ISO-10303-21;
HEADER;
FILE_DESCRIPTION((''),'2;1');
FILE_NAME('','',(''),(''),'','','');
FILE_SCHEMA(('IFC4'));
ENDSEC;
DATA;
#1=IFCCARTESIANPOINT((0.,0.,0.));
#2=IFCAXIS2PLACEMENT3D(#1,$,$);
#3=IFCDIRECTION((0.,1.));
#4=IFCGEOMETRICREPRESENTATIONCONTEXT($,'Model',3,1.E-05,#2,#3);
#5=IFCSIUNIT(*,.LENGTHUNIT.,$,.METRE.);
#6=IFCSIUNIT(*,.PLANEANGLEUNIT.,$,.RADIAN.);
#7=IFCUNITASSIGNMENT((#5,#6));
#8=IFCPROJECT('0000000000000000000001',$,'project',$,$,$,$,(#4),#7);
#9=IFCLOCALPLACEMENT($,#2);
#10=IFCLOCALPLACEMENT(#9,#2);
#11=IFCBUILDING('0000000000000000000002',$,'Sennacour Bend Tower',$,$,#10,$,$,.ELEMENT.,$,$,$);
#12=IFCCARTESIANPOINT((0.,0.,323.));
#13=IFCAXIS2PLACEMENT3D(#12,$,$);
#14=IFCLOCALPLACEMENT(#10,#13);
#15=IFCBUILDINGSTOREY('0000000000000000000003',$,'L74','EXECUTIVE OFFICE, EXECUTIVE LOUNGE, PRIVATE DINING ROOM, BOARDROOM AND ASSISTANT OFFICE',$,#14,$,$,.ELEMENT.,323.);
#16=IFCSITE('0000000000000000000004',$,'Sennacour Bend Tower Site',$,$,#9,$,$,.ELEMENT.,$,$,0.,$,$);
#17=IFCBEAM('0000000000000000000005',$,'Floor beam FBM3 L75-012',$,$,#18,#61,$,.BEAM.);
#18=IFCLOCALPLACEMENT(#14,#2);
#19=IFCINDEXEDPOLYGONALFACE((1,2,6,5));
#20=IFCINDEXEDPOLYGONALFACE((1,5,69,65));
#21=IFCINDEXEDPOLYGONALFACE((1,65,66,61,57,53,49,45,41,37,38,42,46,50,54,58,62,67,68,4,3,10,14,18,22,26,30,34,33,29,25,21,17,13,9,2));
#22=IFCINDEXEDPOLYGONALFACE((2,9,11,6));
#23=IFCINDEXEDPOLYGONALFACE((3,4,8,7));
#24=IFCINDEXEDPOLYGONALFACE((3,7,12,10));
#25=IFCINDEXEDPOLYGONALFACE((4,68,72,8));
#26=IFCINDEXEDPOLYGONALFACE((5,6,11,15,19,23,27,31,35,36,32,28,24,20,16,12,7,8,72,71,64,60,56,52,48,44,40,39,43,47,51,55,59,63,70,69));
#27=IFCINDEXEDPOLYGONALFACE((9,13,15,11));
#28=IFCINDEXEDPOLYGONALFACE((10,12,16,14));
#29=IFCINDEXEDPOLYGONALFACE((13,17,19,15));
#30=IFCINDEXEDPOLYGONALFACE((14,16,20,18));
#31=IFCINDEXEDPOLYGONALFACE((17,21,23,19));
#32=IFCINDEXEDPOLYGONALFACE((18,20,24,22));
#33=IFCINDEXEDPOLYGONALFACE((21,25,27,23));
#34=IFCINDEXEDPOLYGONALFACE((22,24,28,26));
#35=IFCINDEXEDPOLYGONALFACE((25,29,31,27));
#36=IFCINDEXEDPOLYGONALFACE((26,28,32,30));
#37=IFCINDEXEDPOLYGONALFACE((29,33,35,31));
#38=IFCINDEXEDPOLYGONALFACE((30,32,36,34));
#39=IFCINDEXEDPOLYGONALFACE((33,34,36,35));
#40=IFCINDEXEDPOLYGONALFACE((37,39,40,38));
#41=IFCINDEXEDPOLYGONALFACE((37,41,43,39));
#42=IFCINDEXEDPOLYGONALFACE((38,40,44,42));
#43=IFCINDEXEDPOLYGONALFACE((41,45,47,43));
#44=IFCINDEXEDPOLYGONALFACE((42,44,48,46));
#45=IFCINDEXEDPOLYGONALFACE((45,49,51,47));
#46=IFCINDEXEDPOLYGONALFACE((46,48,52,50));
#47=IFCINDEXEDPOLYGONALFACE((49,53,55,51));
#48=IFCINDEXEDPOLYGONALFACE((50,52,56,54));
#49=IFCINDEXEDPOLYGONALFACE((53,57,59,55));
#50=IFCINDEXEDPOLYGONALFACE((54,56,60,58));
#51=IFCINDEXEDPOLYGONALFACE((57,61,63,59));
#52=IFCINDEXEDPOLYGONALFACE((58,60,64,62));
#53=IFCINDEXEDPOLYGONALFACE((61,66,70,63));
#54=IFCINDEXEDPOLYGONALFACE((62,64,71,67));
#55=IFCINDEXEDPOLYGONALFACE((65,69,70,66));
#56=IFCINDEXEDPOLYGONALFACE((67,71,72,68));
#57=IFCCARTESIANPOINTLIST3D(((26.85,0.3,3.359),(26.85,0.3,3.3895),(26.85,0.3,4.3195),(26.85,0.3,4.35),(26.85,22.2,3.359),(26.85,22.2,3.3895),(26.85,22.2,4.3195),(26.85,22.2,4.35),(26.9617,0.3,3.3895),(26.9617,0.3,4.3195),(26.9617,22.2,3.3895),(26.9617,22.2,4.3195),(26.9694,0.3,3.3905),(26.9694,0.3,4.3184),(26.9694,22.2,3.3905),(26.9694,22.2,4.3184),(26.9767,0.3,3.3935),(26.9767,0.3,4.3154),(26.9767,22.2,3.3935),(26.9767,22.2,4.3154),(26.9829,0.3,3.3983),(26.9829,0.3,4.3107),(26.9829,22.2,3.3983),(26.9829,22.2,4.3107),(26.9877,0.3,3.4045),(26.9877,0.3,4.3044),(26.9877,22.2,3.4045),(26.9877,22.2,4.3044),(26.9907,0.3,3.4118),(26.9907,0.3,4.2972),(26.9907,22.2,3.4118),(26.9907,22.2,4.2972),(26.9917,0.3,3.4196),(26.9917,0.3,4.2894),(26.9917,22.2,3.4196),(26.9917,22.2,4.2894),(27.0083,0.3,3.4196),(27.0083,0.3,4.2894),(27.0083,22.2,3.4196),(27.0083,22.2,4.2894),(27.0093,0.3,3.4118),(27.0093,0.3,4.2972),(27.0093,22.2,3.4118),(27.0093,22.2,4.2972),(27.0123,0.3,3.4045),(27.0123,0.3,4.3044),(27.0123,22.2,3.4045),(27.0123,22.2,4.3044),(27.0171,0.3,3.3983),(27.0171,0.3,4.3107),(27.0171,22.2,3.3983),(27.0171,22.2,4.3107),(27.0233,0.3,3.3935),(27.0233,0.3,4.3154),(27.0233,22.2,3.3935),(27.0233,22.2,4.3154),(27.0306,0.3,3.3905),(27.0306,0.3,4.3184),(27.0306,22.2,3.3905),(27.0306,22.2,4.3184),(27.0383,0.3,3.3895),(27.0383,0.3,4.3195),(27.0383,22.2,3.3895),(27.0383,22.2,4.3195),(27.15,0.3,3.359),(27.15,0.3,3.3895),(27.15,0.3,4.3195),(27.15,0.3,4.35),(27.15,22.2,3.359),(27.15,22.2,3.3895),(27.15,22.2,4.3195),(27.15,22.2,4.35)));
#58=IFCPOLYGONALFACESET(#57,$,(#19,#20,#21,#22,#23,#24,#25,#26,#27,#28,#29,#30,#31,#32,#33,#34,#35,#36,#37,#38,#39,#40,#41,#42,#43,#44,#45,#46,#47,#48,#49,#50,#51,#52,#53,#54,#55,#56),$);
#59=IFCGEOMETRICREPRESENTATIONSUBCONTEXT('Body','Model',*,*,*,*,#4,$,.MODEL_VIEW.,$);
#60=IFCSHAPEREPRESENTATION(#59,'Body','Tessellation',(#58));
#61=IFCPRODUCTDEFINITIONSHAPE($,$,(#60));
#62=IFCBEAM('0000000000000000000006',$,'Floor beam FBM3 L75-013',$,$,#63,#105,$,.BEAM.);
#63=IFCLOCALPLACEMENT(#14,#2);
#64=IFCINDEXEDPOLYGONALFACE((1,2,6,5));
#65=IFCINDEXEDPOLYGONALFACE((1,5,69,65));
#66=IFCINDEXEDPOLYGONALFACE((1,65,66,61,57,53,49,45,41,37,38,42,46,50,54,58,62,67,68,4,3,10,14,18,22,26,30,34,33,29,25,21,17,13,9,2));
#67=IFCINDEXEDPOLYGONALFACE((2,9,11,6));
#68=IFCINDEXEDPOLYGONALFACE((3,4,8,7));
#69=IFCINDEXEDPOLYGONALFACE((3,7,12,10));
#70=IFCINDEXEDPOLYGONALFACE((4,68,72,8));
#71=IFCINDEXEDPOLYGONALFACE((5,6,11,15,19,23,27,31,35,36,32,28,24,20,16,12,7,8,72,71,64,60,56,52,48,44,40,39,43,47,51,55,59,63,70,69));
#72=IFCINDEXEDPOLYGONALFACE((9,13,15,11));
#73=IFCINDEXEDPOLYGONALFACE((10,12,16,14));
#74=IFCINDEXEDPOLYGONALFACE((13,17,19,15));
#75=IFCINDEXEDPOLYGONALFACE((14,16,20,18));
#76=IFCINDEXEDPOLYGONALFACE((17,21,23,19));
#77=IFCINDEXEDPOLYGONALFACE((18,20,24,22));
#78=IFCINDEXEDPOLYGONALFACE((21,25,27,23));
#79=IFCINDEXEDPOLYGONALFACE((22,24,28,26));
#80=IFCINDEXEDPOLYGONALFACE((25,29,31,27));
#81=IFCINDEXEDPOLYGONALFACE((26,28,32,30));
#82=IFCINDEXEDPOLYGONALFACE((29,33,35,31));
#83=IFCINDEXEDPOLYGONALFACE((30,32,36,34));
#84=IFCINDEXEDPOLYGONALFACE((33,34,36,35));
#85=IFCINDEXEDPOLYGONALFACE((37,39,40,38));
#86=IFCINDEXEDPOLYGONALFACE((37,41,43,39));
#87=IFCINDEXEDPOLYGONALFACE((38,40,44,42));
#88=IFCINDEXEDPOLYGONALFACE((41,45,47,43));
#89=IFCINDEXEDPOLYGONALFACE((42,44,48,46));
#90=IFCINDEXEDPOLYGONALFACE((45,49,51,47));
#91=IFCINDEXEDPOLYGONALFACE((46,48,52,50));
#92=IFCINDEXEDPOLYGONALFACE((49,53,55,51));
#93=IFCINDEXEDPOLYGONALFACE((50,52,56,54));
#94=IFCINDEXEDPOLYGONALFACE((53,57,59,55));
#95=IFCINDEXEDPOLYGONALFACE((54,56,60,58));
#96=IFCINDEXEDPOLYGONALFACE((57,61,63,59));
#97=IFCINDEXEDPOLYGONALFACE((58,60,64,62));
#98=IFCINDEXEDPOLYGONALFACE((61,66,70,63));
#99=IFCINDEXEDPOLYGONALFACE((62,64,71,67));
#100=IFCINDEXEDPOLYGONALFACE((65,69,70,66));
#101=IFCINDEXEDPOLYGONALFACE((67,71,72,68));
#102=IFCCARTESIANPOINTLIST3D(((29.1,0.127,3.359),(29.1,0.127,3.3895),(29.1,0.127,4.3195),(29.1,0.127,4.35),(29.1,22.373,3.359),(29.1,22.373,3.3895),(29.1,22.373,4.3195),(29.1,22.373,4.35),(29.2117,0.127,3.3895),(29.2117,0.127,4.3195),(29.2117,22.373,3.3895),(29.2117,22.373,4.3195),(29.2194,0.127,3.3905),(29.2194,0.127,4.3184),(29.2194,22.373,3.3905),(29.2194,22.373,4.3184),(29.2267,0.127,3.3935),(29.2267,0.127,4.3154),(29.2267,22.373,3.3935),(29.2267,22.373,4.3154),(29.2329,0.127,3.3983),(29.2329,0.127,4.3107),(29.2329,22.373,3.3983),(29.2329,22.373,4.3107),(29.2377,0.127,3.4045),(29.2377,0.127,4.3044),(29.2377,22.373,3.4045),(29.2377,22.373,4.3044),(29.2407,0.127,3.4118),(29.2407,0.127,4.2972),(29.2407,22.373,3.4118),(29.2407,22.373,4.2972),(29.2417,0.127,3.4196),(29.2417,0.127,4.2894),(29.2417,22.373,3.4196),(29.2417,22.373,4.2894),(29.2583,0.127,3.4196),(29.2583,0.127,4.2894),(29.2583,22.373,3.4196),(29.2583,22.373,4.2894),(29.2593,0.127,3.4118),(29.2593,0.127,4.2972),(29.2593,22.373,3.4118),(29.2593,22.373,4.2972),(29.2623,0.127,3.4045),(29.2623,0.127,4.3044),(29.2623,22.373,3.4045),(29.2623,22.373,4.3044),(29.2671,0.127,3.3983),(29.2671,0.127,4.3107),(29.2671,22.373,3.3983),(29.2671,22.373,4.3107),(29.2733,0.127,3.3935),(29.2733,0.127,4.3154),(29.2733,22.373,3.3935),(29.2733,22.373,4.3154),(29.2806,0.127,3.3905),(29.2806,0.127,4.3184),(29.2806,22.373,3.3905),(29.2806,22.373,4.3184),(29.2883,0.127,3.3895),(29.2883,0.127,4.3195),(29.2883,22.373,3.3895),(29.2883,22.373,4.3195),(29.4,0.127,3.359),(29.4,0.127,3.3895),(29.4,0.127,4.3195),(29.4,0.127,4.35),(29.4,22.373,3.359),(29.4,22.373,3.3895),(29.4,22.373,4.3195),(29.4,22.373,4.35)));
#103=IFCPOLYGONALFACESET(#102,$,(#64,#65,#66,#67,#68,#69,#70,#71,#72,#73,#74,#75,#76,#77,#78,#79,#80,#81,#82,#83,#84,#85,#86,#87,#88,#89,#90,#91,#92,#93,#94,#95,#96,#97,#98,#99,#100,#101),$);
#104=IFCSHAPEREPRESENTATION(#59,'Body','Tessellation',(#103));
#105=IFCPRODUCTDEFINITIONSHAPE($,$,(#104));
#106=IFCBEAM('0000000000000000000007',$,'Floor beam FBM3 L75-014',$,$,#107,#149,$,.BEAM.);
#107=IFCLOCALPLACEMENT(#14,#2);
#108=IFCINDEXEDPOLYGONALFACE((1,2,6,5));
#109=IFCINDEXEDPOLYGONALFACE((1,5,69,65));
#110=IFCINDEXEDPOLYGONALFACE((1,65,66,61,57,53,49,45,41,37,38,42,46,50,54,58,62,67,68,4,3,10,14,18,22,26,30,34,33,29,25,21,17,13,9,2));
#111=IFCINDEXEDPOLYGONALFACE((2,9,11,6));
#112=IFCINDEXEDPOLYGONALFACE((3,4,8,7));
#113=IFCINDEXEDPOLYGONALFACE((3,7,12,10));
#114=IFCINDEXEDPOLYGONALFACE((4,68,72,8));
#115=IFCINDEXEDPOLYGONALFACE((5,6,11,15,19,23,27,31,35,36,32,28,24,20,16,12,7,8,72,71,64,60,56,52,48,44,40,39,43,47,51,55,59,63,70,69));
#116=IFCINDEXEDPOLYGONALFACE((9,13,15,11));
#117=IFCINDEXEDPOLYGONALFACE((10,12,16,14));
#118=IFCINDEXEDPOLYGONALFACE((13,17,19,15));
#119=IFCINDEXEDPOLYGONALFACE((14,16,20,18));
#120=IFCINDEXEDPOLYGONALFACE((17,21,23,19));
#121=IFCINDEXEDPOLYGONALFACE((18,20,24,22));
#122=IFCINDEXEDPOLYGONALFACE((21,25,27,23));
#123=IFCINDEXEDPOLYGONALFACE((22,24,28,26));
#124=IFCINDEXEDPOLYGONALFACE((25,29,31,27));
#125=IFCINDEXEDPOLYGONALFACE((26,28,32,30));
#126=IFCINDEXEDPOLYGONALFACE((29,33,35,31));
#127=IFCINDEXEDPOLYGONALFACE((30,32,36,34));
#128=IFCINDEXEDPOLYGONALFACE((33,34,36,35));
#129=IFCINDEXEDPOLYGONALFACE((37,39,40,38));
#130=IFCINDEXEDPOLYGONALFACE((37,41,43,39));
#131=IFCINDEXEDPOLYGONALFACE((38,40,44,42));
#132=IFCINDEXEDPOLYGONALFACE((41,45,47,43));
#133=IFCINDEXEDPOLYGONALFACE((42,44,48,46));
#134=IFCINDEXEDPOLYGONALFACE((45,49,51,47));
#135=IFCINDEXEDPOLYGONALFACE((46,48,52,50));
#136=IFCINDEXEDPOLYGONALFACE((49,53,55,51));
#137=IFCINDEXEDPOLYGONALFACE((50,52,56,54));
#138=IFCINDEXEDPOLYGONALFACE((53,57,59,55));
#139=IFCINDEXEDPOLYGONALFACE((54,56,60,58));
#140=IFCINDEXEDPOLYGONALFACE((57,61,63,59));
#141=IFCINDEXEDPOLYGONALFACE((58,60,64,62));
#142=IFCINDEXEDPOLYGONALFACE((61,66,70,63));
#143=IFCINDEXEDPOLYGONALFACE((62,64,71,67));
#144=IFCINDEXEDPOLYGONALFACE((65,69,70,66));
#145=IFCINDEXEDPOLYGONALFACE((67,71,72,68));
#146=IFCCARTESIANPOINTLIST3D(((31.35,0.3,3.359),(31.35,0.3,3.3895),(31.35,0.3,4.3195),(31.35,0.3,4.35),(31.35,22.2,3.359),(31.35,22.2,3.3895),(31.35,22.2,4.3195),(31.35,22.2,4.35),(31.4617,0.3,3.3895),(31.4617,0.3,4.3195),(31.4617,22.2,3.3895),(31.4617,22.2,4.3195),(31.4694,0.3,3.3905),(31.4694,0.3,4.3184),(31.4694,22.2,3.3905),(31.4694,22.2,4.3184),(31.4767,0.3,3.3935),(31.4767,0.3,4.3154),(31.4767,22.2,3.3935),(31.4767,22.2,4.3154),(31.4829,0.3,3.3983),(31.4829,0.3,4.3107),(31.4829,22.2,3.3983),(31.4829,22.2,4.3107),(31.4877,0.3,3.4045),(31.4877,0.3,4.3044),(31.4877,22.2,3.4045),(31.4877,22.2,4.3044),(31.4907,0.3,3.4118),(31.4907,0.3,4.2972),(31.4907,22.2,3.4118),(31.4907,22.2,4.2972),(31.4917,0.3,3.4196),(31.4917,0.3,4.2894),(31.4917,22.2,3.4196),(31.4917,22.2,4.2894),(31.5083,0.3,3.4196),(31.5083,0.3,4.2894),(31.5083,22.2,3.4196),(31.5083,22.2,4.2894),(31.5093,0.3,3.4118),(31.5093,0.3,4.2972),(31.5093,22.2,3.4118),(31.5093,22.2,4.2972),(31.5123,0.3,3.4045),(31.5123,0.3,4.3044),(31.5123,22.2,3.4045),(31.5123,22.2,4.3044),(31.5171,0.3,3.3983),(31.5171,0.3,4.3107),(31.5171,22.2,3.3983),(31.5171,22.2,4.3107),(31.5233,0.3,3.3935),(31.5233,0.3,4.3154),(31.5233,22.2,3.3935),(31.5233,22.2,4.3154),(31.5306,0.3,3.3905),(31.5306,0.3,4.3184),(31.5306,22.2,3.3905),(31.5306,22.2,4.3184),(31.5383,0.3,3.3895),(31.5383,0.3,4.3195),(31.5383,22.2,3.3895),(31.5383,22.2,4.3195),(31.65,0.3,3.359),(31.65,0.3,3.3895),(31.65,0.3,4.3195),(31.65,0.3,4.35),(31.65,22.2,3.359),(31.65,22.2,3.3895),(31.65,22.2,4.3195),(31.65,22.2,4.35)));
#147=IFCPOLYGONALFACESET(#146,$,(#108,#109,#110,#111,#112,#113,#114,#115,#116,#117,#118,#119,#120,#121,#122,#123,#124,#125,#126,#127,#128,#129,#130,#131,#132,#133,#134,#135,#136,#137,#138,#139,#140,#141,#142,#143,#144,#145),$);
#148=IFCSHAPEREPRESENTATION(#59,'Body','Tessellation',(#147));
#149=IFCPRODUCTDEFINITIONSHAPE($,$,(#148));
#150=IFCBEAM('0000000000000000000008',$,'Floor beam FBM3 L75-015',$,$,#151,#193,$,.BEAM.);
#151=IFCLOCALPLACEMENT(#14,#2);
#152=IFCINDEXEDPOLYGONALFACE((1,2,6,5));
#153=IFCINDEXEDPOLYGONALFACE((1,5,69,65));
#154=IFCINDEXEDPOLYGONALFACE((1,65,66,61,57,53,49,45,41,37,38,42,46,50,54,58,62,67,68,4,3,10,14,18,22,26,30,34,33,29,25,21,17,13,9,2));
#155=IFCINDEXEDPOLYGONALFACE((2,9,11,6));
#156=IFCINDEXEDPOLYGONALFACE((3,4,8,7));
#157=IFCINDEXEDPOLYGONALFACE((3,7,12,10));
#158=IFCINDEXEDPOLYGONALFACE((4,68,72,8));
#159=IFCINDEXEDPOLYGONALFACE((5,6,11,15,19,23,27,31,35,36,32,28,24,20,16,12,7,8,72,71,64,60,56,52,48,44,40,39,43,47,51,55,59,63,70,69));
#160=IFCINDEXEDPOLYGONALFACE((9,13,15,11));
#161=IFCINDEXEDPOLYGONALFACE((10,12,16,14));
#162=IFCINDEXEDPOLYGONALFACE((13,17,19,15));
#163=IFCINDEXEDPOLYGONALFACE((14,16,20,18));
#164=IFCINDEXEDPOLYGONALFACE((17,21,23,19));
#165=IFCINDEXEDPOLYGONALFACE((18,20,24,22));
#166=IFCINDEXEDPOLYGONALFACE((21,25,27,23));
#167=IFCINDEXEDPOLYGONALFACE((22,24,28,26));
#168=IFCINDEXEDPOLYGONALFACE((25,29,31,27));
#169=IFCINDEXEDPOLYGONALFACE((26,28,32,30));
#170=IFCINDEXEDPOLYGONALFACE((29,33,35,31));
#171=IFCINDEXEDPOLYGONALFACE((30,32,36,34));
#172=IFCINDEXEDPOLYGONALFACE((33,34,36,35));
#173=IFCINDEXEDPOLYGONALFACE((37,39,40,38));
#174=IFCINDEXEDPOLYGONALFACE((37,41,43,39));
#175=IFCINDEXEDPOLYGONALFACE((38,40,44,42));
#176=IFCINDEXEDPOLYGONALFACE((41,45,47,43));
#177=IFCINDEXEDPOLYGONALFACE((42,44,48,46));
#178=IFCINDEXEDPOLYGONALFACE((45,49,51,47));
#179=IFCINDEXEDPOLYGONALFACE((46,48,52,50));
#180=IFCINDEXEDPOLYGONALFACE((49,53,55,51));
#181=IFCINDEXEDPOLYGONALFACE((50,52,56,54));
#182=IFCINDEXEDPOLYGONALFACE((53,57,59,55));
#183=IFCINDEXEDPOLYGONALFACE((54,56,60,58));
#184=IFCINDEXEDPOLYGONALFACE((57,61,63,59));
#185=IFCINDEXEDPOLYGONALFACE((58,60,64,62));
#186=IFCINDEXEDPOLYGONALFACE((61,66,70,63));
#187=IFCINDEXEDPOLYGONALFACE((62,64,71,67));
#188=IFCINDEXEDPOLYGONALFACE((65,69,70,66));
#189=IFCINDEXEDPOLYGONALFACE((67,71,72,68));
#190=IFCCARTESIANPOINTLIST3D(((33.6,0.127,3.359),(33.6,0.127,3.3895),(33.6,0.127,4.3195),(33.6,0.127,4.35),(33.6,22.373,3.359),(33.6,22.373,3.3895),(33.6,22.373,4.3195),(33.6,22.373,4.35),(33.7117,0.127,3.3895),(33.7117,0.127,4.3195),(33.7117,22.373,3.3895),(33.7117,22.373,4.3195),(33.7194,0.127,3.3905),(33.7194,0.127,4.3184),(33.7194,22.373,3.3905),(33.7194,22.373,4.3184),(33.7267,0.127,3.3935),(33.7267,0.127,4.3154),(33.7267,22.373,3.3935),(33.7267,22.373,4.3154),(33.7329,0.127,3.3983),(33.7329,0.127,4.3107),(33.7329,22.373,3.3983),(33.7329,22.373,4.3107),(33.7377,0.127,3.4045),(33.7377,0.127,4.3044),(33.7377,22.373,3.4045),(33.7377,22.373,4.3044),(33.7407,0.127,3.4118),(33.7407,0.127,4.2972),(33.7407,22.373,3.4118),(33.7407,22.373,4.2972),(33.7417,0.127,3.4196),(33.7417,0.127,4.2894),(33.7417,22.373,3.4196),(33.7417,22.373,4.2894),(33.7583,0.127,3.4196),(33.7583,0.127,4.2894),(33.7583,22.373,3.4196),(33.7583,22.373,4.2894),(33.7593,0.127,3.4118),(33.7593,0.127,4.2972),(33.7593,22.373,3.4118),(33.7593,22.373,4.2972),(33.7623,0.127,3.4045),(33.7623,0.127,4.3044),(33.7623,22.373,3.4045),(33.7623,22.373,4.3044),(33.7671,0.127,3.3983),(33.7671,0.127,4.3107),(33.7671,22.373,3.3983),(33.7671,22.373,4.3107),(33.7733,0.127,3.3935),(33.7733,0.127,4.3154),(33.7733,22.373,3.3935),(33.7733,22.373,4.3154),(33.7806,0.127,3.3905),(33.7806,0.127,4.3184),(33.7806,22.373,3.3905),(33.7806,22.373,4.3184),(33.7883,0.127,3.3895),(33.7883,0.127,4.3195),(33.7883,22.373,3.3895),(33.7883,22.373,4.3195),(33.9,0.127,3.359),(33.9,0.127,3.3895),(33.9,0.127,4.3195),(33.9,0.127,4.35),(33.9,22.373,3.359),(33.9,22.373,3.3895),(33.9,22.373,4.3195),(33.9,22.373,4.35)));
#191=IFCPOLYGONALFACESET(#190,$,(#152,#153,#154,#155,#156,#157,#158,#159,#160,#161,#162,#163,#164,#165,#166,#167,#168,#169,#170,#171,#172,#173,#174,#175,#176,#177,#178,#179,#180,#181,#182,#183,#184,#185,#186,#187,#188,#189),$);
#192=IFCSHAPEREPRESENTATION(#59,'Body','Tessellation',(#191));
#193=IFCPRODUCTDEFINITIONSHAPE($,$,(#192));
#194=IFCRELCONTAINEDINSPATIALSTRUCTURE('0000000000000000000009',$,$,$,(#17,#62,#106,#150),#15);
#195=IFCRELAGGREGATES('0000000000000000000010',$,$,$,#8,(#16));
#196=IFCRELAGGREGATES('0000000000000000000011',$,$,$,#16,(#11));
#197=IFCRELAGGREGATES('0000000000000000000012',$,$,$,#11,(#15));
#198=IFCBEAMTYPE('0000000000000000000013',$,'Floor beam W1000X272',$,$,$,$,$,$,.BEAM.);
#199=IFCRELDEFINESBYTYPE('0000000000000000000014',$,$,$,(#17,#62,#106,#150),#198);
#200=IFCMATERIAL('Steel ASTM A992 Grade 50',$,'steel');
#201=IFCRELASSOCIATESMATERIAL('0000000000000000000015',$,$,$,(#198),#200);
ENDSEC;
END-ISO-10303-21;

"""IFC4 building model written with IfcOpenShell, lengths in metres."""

from ifc_helpers import new_model, si_unit, direction, frame, origin, origin_2d, place, context, subcontext, project, spatial, i_section, extrude, material, material_profile, profile_set, type_object, element, save


model = new_model("IFC4")

# Units and contexts
model_context = context("Model", 3, precision=1e-05, world=origin(), true_north=direction((0.0, 1.0)))
body_context = subcontext(model_context, "Body", "Model", "MODEL_VIEW")
ifc_project = project(units=[si_unit("LENGTHUNIT", "METRE"), si_unit("PLANEANGLEUNIT", "RADIAN")], contexts=[model_context])

# Site, building, storey
site_placement = place(None, origin())
site = spatial("IfcSite", under=ifc_project, at=site_placement, Name="Sennacour Bend Tower Site", CompositionType="ELEMENT", RefElevation=0.0)
building_placement = place(site_placement, origin())
building = spatial("IfcBuilding", under=site, at=building_placement, Name="Sennacour Bend Tower", CompositionType="ELEMENT")
storey_placement = place(building_placement, frame((0.0, 0.0, 323.0)))
storey = spatial("IfcBuildingStorey", under=building, at=storey_placement, Name="L74", Description="EXECUTIVE OFFICE, EXECUTIVE LOUNGE, PRIVATE DINING ROOM, BOARDROOM AND ASSISTANT OFFICE", CompositionType="ELEMENT", Elevation=323.0)

# Beams
ifc_material_1 = material(Name="Steel ASTM A992 Grade 50", Category="steel")
ifc_material_profile_1 = material_profile(ifc_material_1, i_section(OverallWidth=0.3, OverallDepth=0.991, WebThickness=0.0166, FlangeThickness=0.0305, FilletRadius=0.03, at=origin_2d()), Name="Steel ASTM A992 Grade 50", Category="steel")
ifc_profile_set_1 = profile_set([ifc_material_profile_1], Name="Steel ASTM A992 Grade 50")
beam_type_1 = type_object("IfcBeamType", Name="Floor beam W1000X272", PredefinedType="BEAM", material=ifc_profile_set_1)
beam_1_placement = place(storey_placement, frame((27.0, 0.3, 3.8545), z_axis=(0.0, 1.0, 0.0), x_axis=(-1.0, 0.0, 0.0)))
element("IfcBeam", 1, at=beam_1_placement, inside=storey, type_object=beam_type_1, Name="Floor beam FBM3 L75-012", PredefinedType="BEAM", context=body_context, shape_type="SweptSolid", body=[
    extrude(i_section(OverallWidth=0.3, OverallDepth=0.991, WebThickness=0.0166, FlangeThickness=0.0305, FilletRadius=0.03, at=origin_2d()), origin(), (0.0, 0.0, 1.0), 21.8999),
])
beam_2_placement = place(storey_placement, frame((29.25, 0.127, 3.8545), z_axis=(0.0, 1.0, 0.0), x_axis=(-1.0, 0.0, 0.0)))
element("IfcBeam", 2, at=beam_2_placement, inside=storey, type_object=beam_type_1, Name="Floor beam FBM3 L75-013", PredefinedType="BEAM", context=body_context, shape_type="SweptSolid", body=[
    extrude(i_section(OverallWidth=0.3, OverallDepth=0.991, WebThickness=0.0166, FlangeThickness=0.0305, FilletRadius=0.03, at=origin_2d()), origin(), (0.0, 0.0, 1.0), 22.2461),
])
beam_3_placement = place(storey_placement, frame((31.5, 0.3, 3.8545), z_axis=(0.0, 1.0, 0.0), x_axis=(-1.0, 0.0, 0.0)))
element("IfcBeam", 3, at=beam_3_placement, inside=storey, type_object=beam_type_1, Name="Floor beam FBM3 L75-014", PredefinedType="BEAM", context=body_context, shape_type="SweptSolid", body=[
    extrude(i_section(OverallWidth=0.3, OverallDepth=0.991, WebThickness=0.0166, FlangeThickness=0.0305, FilletRadius=0.03, at=origin_2d()), origin(), (0.0, 0.0, 1.0), 21.8999),
])
beam_4_placement = place(storey_placement, frame((33.75, 0.127, 3.8545), z_axis=(0.0, 1.0, 0.0), x_axis=(-1.0, 0.0, 0.0)))
element("IfcBeam", 4, at=beam_4_placement, inside=storey, type_object=beam_type_1, Name="Floor beam FBM3 L75-015", PredefinedType="BEAM", context=body_context, shape_type="SweptSolid", body=[
    extrude(i_section(OverallWidth=0.3, OverallDepth=0.991, WebThickness=0.0166, FlangeThickness=0.0305, FilletRadius=0.03, at=origin_2d()), origin(), (0.0, 0.0, 1.0), 22.2461),
])

save(model, "model.ifc")
